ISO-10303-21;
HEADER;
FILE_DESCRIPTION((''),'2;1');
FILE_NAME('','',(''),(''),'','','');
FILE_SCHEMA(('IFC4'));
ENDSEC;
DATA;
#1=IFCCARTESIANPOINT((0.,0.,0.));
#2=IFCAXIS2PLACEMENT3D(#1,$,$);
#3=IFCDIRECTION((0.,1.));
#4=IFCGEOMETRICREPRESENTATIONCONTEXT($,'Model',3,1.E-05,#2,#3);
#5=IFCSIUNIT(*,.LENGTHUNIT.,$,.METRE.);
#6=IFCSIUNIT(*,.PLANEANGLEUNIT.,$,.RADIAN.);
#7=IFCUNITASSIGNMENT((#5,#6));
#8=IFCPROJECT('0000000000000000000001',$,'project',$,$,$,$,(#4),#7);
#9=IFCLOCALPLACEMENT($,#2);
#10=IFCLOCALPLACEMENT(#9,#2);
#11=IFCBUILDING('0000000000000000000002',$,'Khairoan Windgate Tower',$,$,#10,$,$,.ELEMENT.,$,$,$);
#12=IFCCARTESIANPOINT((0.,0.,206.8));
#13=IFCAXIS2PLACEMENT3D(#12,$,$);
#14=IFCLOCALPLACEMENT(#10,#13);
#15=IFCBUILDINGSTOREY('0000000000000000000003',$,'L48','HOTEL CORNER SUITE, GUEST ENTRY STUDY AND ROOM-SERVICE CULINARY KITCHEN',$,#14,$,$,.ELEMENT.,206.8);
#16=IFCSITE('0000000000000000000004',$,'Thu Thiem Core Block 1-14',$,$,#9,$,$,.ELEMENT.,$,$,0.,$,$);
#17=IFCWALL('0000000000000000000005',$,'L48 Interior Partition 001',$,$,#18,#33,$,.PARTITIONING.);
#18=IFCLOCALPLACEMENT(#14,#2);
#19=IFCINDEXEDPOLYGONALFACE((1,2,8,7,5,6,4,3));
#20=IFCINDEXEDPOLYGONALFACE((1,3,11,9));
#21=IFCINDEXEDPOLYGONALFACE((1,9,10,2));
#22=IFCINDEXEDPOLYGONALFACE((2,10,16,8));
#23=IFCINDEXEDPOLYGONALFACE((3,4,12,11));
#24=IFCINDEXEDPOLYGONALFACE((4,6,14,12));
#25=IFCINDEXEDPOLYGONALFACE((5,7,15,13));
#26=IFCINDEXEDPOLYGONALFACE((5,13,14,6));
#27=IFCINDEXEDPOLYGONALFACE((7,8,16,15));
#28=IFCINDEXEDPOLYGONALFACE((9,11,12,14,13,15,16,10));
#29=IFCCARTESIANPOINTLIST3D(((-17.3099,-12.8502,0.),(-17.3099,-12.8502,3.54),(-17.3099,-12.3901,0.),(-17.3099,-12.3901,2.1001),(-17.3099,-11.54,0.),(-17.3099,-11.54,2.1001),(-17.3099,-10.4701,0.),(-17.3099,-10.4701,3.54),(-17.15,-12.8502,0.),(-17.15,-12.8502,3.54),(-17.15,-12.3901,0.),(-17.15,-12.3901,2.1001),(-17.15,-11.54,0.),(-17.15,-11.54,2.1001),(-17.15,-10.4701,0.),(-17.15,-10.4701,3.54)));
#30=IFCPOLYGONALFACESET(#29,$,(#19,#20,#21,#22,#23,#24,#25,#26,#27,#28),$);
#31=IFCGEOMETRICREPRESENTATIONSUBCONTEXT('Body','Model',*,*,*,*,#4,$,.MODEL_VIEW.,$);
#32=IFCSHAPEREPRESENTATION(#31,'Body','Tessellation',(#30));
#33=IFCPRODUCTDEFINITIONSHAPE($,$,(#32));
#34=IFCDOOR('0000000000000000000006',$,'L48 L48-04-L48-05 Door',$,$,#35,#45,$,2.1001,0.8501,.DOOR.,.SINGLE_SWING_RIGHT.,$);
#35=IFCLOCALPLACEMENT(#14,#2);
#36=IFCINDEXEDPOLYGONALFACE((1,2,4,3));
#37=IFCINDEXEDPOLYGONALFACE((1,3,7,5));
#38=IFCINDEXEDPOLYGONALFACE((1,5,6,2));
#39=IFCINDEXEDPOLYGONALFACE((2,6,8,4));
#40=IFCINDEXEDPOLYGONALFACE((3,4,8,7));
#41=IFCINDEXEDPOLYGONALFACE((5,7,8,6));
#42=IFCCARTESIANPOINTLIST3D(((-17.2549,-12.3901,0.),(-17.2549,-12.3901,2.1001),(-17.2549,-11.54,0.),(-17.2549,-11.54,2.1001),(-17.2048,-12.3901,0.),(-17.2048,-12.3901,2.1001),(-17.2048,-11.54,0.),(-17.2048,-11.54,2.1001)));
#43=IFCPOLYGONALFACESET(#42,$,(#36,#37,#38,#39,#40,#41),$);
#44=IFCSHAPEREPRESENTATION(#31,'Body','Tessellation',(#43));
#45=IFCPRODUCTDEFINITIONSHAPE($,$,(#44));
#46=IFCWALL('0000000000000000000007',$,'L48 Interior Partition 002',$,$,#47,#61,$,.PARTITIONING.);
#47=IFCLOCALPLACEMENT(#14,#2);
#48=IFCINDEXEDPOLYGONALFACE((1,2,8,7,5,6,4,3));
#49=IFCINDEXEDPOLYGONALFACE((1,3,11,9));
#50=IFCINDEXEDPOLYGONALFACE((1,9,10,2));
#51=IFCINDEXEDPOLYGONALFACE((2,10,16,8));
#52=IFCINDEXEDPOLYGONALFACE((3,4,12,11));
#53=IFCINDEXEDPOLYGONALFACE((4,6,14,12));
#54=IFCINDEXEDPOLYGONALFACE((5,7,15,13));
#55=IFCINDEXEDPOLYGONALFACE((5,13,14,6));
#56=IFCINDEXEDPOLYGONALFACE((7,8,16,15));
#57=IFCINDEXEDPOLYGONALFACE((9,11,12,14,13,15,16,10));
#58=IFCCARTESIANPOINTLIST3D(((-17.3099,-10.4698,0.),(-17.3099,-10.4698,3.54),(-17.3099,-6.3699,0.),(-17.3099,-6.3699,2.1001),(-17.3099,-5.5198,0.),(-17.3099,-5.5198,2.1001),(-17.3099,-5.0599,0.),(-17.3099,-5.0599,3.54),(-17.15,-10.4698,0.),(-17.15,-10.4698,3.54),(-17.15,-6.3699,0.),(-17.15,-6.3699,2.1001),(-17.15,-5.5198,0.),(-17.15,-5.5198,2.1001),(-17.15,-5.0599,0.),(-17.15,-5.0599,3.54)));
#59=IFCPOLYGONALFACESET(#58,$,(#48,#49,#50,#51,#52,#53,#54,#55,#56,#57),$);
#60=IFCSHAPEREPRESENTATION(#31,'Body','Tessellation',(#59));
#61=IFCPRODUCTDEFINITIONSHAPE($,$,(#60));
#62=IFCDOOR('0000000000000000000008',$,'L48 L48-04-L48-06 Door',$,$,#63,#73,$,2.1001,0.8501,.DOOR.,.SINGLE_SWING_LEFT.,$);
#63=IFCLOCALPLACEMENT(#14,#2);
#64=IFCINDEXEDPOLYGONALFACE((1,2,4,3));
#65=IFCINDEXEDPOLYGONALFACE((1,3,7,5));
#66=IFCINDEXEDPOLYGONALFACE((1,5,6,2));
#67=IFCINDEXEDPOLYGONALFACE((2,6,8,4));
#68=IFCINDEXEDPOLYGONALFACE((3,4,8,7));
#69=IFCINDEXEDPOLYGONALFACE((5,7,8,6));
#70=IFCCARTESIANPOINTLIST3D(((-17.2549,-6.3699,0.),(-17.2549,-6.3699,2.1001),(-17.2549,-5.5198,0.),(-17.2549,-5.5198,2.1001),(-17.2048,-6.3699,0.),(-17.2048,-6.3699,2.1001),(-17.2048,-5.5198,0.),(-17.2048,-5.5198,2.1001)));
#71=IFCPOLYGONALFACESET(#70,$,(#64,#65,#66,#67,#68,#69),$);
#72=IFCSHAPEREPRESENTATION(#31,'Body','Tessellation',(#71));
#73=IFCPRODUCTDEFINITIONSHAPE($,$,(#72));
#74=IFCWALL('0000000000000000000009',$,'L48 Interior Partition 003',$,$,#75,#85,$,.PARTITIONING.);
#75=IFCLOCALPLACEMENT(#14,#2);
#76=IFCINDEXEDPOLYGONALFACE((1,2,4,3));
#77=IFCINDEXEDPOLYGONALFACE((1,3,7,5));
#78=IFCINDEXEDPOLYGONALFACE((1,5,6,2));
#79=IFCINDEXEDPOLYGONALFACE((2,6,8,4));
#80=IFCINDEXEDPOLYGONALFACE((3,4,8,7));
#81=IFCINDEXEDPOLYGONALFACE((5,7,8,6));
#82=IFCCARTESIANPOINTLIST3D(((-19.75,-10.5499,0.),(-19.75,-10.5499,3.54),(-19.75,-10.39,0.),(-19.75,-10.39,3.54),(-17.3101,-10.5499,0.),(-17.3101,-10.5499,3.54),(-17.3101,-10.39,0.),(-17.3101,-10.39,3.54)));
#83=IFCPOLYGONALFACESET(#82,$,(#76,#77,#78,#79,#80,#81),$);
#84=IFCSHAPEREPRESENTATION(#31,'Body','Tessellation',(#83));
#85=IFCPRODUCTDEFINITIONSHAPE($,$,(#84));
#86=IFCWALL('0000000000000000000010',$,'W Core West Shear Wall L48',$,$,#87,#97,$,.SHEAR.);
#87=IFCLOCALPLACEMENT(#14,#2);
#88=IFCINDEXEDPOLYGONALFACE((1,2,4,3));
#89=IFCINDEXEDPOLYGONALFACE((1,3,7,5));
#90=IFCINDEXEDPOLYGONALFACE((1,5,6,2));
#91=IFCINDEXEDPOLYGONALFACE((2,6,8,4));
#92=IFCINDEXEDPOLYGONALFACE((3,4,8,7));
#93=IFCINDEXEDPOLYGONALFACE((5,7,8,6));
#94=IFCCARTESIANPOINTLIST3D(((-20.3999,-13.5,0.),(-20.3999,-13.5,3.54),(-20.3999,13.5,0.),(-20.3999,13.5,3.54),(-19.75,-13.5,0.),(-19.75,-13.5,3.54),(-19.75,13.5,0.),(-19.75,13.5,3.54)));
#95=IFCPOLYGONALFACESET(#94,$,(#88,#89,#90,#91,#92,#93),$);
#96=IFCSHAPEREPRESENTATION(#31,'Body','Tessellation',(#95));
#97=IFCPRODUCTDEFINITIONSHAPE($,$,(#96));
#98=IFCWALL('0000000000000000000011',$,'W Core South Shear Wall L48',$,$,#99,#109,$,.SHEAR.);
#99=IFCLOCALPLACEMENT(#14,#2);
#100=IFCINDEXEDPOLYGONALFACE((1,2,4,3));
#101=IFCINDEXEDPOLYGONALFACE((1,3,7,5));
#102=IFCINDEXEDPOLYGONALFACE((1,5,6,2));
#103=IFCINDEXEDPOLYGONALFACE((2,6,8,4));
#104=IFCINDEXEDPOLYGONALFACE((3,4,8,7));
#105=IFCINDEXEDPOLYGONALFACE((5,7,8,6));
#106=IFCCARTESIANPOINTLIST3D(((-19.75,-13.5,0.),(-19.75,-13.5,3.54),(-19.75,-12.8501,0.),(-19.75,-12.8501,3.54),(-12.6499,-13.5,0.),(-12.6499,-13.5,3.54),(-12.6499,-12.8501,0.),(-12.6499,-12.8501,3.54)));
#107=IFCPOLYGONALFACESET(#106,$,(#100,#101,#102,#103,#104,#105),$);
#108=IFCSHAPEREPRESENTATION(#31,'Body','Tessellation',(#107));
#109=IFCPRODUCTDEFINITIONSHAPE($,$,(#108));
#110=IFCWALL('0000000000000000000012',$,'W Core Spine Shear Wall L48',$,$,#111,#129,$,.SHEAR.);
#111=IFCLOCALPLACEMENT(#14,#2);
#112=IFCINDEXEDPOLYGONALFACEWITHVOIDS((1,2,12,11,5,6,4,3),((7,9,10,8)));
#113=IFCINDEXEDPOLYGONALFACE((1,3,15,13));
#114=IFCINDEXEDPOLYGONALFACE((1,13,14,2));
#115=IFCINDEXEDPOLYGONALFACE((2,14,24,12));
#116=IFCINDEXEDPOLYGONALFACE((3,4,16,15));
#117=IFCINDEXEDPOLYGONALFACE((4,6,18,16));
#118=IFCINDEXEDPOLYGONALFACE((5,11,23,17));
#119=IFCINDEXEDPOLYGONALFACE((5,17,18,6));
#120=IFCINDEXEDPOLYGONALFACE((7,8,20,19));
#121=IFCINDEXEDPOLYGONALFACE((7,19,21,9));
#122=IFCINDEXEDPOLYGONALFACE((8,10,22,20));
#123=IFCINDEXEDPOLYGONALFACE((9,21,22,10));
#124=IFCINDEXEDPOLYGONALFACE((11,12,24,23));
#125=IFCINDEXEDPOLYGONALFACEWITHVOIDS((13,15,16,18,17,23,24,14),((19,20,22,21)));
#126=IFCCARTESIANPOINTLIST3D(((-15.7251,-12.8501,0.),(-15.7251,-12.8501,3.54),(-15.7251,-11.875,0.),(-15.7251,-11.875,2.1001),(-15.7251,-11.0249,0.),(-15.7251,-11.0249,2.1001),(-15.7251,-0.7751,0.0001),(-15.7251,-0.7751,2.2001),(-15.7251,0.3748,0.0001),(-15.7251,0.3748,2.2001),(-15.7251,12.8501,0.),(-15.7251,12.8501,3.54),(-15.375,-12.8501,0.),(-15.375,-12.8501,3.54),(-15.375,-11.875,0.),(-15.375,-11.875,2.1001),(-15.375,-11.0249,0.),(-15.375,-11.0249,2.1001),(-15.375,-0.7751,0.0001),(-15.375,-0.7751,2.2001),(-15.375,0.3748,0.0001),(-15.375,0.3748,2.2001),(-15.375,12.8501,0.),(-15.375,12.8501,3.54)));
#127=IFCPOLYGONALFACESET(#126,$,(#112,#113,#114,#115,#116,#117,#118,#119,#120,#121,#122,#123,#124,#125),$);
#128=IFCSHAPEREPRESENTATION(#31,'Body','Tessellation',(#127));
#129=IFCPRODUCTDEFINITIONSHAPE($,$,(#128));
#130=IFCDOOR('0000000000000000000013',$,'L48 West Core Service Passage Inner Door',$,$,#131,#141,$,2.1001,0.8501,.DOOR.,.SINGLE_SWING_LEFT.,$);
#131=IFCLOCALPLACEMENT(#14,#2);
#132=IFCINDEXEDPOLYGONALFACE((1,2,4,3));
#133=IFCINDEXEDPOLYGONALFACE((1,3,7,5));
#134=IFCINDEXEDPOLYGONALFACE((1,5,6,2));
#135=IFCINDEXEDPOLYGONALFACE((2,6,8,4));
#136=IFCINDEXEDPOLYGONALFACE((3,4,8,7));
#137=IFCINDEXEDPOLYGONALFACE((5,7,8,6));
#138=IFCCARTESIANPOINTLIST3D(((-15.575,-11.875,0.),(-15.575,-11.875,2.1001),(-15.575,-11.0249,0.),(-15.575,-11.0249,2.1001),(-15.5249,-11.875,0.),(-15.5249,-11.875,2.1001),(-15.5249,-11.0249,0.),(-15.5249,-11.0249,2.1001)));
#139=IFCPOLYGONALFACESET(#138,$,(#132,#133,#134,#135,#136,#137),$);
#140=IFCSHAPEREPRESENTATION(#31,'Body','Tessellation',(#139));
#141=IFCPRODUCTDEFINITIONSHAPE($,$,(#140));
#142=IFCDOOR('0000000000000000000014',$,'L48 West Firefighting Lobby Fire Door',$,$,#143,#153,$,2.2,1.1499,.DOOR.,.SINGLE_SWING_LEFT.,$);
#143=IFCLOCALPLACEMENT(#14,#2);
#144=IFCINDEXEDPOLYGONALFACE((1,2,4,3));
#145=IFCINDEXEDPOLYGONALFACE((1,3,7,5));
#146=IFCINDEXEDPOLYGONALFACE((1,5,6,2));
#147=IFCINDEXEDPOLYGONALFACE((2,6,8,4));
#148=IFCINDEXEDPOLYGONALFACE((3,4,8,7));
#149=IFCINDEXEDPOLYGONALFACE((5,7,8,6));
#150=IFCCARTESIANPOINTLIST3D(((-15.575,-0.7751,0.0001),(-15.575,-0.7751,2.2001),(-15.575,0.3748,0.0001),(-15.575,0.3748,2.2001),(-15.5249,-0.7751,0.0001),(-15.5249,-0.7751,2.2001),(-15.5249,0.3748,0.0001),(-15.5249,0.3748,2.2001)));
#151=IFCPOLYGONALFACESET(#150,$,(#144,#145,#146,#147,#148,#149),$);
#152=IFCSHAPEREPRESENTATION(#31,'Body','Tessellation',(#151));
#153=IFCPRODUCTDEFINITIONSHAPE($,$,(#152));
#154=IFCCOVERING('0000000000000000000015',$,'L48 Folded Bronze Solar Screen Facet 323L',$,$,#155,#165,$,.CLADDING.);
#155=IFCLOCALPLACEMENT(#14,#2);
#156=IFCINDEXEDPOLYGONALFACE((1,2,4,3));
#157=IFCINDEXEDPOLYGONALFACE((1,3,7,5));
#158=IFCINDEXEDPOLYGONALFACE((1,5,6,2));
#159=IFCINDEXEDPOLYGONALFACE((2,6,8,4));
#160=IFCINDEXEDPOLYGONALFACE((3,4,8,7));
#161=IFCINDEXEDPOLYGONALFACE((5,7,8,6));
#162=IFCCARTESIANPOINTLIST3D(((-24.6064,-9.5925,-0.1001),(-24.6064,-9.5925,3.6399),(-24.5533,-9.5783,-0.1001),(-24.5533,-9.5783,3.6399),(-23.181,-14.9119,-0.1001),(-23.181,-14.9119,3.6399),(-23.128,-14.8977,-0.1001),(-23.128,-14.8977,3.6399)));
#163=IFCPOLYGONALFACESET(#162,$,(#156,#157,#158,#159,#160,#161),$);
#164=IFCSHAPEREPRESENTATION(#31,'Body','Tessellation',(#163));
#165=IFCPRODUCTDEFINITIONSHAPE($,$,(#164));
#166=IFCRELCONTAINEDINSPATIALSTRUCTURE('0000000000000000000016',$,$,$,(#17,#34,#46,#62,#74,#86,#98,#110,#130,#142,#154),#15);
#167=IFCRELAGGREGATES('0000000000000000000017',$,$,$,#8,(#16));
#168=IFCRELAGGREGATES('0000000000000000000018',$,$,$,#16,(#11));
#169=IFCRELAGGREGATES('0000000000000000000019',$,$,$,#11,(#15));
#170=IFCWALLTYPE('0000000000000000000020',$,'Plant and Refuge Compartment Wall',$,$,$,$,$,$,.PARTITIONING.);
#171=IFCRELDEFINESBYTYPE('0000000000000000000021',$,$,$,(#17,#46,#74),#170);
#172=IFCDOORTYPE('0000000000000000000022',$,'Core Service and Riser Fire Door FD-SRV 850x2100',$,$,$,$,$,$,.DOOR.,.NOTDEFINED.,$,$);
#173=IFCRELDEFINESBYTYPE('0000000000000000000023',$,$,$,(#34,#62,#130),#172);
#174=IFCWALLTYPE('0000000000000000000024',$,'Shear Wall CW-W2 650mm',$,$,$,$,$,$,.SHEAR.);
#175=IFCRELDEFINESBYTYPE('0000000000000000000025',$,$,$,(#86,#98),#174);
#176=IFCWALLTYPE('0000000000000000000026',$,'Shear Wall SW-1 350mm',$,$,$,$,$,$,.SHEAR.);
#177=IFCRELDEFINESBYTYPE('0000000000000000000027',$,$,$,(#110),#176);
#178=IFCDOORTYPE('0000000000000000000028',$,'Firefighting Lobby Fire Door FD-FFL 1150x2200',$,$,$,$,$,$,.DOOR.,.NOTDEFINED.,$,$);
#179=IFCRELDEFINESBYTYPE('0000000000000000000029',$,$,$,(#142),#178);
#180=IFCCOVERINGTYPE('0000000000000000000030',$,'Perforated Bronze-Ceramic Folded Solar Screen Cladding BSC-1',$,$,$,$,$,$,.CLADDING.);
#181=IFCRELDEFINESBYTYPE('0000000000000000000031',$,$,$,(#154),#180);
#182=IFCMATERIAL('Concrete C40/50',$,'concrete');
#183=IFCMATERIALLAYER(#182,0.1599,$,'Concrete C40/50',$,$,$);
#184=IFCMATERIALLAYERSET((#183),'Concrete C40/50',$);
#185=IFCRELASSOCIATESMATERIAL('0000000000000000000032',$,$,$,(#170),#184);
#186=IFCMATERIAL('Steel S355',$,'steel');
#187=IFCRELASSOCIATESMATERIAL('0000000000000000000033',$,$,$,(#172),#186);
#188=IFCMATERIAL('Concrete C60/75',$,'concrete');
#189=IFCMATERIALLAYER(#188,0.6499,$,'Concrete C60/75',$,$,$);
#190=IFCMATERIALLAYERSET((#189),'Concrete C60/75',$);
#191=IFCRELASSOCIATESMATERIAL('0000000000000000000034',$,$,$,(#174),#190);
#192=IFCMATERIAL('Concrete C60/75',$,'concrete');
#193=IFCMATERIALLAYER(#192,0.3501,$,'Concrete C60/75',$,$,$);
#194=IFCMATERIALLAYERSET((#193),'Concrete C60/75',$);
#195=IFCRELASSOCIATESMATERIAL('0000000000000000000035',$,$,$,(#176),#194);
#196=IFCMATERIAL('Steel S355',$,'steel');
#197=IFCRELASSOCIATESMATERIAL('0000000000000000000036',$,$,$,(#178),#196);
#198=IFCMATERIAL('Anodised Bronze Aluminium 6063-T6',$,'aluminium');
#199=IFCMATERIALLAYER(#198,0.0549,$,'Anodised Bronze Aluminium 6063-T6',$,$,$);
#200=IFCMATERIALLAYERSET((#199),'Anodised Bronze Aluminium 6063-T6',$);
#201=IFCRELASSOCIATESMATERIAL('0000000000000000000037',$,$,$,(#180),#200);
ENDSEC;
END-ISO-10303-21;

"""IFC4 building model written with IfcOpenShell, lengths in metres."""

from ifc_helpers import new_model, si_unit, direction, frame, frame_2d, origin, origin_2d, place, context, subcontext, project, spatial, rectangle, extrude, material, layer, layer_set, type_object, element, fill, save


model = new_model("IFC4")

# Units and contexts
model_context = context("Model", 3, precision=1e-05, world=origin(), true_north=direction((0.0, 1.0)))
body_context = subcontext(model_context, "Body", "Model", "MODEL_VIEW")
ifc_project = project(units=[si_unit("LENGTHUNIT", "METRE"), si_unit("PLANEANGLEUNIT", "RADIAN")], contexts=[model_context])

# Site, building, storey
site_placement = place(None, origin())
site = spatial("IfcSite", under=ifc_project, at=site_placement, Name="Thu Thiem Core Block 1-14", CompositionType="ELEMENT", RefElevation=0.0)
building_placement = place(site_placement, origin())
building = spatial("IfcBuilding", under=site, at=building_placement, Name="Khairoan Windgate Tower", CompositionType="ELEMENT")
storey_placement = place(building_placement, frame((0.0, 0.0, 206.8)))
storey = spatial("IfcBuildingStorey", under=building, at=storey_placement, Name="L48", Description="HOTEL CORNER SUITE, GUEST ENTRY STUDY AND ROOM-SERVICE CULINARY KITCHEN", CompositionType="ELEMENT", Elevation=206.8)

# Walls, openings, doors
ifc_material_1 = material(Name="Concrete C40/50", Category="concrete")
ifc_layer_1 = layer(ifc_material_1, 0.1599, Name="Concrete C40/50")
ifc_layer_set_1 = layer_set([ifc_layer_1], Name="Concrete C40/50")
wall_type_1 = type_object("IfcWallType", Name="Plant and Refuge Compartment Wall", PredefinedType="PARTITIONING", material=ifc_layer_set_1)
wall_1_placement = place(storey_placement, frame((-17.23, -12.8501, 0.0), z_axis=(0.0, 0.0, 1.0), x_axis=(0.0, 1.0, 0.0)))
wall_1 = element("IfcWall", 1, at=wall_1_placement, inside=storey, type_object=wall_type_1, Name="L48 Interior Partition 001", PredefinedType="PARTITIONING", context=body_context, shape_type="SweptSolid", body=[
    extrude(rectangle(XDim=2.3801, YDim=0.1599, at=frame_2d((1.1899, 0.0))), origin(), (0.0, 0.0, 1.0), 3.54),
])
opening_1_placement = place(wall_1_placement, frame((0.46, 0.0, 0.0)))
opening_1 = element("IfcOpeningElement", 2, at=opening_1_placement, cuts=wall_1, PredefinedType="OPENING", context=body_context, shape_type="SweptSolid", body=[
    extrude(rectangle(XDim=0.8501, YDim=2.1001, at=frame_2d((0.425, 1.05))), frame((0.0, 0.0898, 0.0), z_axis=(0.0, -1.0, 0.0), x_axis=(1.0, 0.0, 0.0)), (0.0, 0.0, 1.0), 0.1799),
])
ifc_material_2 = material(Name="Steel S355", Category="steel")
door_type_1 = type_object("IfcDoorType", Name="Core Service and Riser Fire Door FD-SRV 850x2100", OperationType="NOTDEFINED", PredefinedType="DOOR", material=ifc_material_2)
door_1_placement = place(opening_1_placement, origin())
door_1 = element("IfcDoor", 3, at=door_1_placement, inside=storey, type_object=door_type_1, Name="L48 L48-04-L48-05 Door", OperationType="SINGLE_SWING_RIGHT", OverallHeight=2.1001, OverallWidth=0.8501, PredefinedType="DOOR", context=body_context, shape_type="SweptSolid", body=[
    extrude(rectangle(XDim=0.8501, YDim=2.1001, at=frame_2d((0.425, 1.05))), frame((0.0, 0.0249, 0.0), z_axis=(0.0, -1.0, 0.0), x_axis=(1.0, 0.0, 0.0)), (0.0, 0.0, 1.0), 0.05),
])
fill(opening_1, door_1)
wall_2_placement = place(storey_placement, frame((-17.23, -10.47, 0.0), z_axis=(0.0, 0.0, 1.0), x_axis=(0.0, 1.0, 0.0)))
wall_2 = element("IfcWall", 4, at=wall_2_placement, inside=storey, type_object=wall_type_1, Name="L48 Interior Partition 002", PredefinedType="PARTITIONING", context=body_context, shape_type="SweptSolid", body=[
    extrude(rectangle(XDim=5.4099, YDim=0.1599, at=frame_2d((2.7051, 0.0))), origin(), (0.0, 0.0, 1.0), 3.54),
])
opening_2_placement = place(wall_2_placement, frame((4.1001, 0.0, 0.0)))
opening_2 = element("IfcOpeningElement", 5, at=opening_2_placement, cuts=wall_2, PredefinedType="OPENING", context=body_context, shape_type="SweptSolid", body=[
    extrude(rectangle(XDim=0.8501, YDim=2.1001, at=frame_2d((0.425, 1.05))), frame((0.0, 0.0898, 0.0), z_axis=(0.0, -1.0, 0.0), x_axis=(1.0, 0.0, 0.0)), (0.0, 0.0, 1.0), 0.1799),
])
door_2_placement = place(opening_2_placement, origin())
door_2 = element("IfcDoor", 6, at=door_2_placement, inside=storey, type_object=door_type_1, Name="L48 L48-04-L48-06 Door", OperationType="SINGLE_SWING_LEFT", OverallHeight=2.1001, OverallWidth=0.8501, PredefinedType="DOOR", context=body_context, shape_type="SweptSolid", body=[
    extrude(rectangle(XDim=0.8501, YDim=2.1001, at=frame_2d((0.425, 1.05))), frame((0.0, 0.0249, 0.0), z_axis=(0.0, -1.0, 0.0), x_axis=(1.0, 0.0, 0.0)), (0.0, 0.0, 1.0), 0.05),
])
fill(opening_2, door_2)

# Walls
wall_3_placement = place(storey_placement, frame((-19.75, -10.47, 0.0), z_axis=(0.0, 0.0, 1.0), x_axis=(1.0, 0.0, 0.0)))
element("IfcWall", 7, at=wall_3_placement, inside=storey, type_object=wall_type_1, Name="L48 Interior Partition 003", PredefinedType="PARTITIONING", context=body_context, shape_type="SweptSolid", body=[
    extrude(rectangle(XDim=2.4399, YDim=0.1599, at=frame_2d((1.22, 0.0))), origin(), (0.0, 0.0, 1.0), 3.54),
])
ifc_material_3 = material(Name="Concrete C60/75", Category="concrete")
ifc_layer_2 = layer(ifc_material_3, 0.6499, Name="Concrete C60/75")
ifc_layer_set_2 = layer_set([ifc_layer_2], Name="Concrete C60/75")
wall_type_2 = type_object("IfcWallType", Name="Shear Wall CW-W2 650mm", PredefinedType="SHEAR", material=ifc_layer_set_2)
wall_4_placement = place(storey_placement, frame((-20.075, -13.5, 0.0), z_axis=(0.0, 0.0, 1.0), x_axis=(0.0, 1.0, 0.0)))
element("IfcWall", 8, at=wall_4_placement, inside=storey, type_object=wall_type_2, Name="W Core West Shear Wall L48", PredefinedType="SHEAR", context=body_context, shape_type="SweptSolid", body=[
    extrude(rectangle(XDim=27.0, YDim=0.6499, at=frame_2d((13.5, 0.0))), origin(), (0.0, 0.0, 1.0), 3.54),
])
wall_5_placement = place(storey_placement, frame((-19.75, -13.175, 0.0), z_axis=(0.0, 0.0, 1.0), x_axis=(1.0, 0.0, 0.0)))
element("IfcWall", 9, at=wall_5_placement, inside=storey, type_object=wall_type_2, Name="W Core South Shear Wall L48", PredefinedType="SHEAR", context=body_context, shape_type="SweptSolid", body=[
    extrude(rectangle(XDim=7.1001, YDim=0.6499, at=frame_2d((3.55, 0.0))), origin(), (0.0, 0.0, 1.0), 3.54),
])

# Wall, openings, doors
ifc_material_4 = material(Name="Concrete C60/75", Category="concrete")
ifc_layer_3 = layer(ifc_material_4, 0.3501, Name="Concrete C60/75")
ifc_layer_set_3 = layer_set([ifc_layer_3], Name="Concrete C60/75")
wall_type_3 = type_object("IfcWallType", Name="Shear Wall SW-1 350mm", PredefinedType="SHEAR", material=ifc_layer_set_3)
wall_6_placement = place(storey_placement, frame((-15.55, -12.8501, 0.0), z_axis=(0.0, 0.0, 1.0), x_axis=(0.0, 1.0, 0.0)))
wall_6 = element("IfcWall", 10, at=wall_6_placement, inside=storey, type_object=wall_type_3, Name="W Core Spine Shear Wall L48", PredefinedType="SHEAR", context=body_context, shape_type="SweptSolid", body=[
    extrude(rectangle(XDim=25.7002, YDim=0.3501, at=frame_2d((12.8501, 0.0))), origin(), (0.0, 0.0, 1.0), 3.54),
])
opening_3_placement = place(wall_6_placement, frame((12.075, 0.0, 0.0)))
opening_3 = element("IfcOpeningElement", 11, at=opening_3_placement, cuts=wall_6, PredefinedType="OPENING", context=body_context, shape_type="SweptSolid", body=[
    extrude(rectangle(XDim=1.1499, YDim=2.2, at=frame_2d((0.575, 1.1001))), frame((0.0, 0.1851, 0.0), z_axis=(0.0, -1.0, 0.0), x_axis=(1.0, 0.0, 0.0)), (0.0, 0.0, 1.0), 0.3701),
])
opening_4_placement = place(wall_6_placement, frame((0.9751, 0.0, 0.0)))
opening_4 = element("IfcOpeningElement", 12, at=opening_4_placement, cuts=wall_6, PredefinedType="OPENING", context=body_context, shape_type="SweptSolid", body=[
    extrude(rectangle(XDim=0.8501, YDim=2.1001, at=frame_2d((0.425, 1.05))), frame((0.0, 0.1851, 0.0), z_axis=(0.0, -1.0, 0.0), x_axis=(1.0, 0.0, 0.0)), (0.0, 0.0, 1.0), 0.3701),
])
door_3_placement = place(opening_4_placement, origin())
door_3 = element("IfcDoor", 13, at=door_3_placement, inside=storey, type_object=door_type_1, Name="L48 West Core Service Passage Inner Door", OperationType="SINGLE_SWING_LEFT", OverallHeight=2.1001, OverallWidth=0.8501, PredefinedType="DOOR", context=body_context, shape_type="SweptSolid", body=[
    extrude(rectangle(XDim=0.8501, YDim=2.1001, at=frame_2d((0.425, 1.05))), frame((0.0, 0.0249, 0.0), z_axis=(0.0, -1.0, 0.0), x_axis=(1.0, 0.0, 0.0)), (0.0, 0.0, 1.0), 0.05),
])
fill(opening_4, door_3)
ifc_material_5 = material(Name="Steel S355", Category="steel")
door_type_2 = type_object("IfcDoorType", Name="Firefighting Lobby Fire Door FD-FFL 1150x2200", OperationType="NOTDEFINED", PredefinedType="DOOR", material=ifc_material_5)
door_4_placement = place(opening_3_placement, origin())
door_4 = element("IfcDoor", 14, at=door_4_placement, inside=storey, type_object=door_type_2, Name="L48 West Firefighting Lobby Fire Door", OperationType="SINGLE_SWING_LEFT", OverallHeight=2.2, OverallWidth=1.1499, PredefinedType="DOOR", context=body_context, shape_type="SweptSolid", body=[
    extrude(rectangle(XDim=1.1499, YDim=2.2, at=frame_2d((0.575, 1.1001))), frame((0.0, 0.0249, 0.0), z_axis=(0.0, -1.0, 0.0), x_axis=(1.0, 0.0, 0.0)), (0.0, 0.0, 1.0), 0.05),
])
fill(opening_3, door_4)

# Covering
ifc_material_6 = material(Name="Anodised Bronze Aluminium 6063-T6", Category="aluminium")
ifc_layer_4 = layer(ifc_material_6, 0.0549, Name="Anodised Bronze Aluminium 6063-T6")
ifc_layer_set_4 = layer_set([ifc_layer_4], Name="Anodised Bronze Aluminium 6063-T6")
covering_type = type_object("IfcCoveringType", Name="Perforated Bronze-Ceramic Folded Solar Screen Cladding BSC-1", PredefinedType="CLADDING", material=ifc_layer_set_4)
covering_placement = place(storey_placement, frame((-23.8672, -12.2451, -0.1001), z_axis=(0.0, 0.0, 1.0), x_axis=(-0.258819, 0.965926, 0.0)))
element("IfcCovering", 15, at=covering_placement, inside=storey, type_object=covering_type, Name="L48 Folded Bronze Solar Screen Facet 323L", PredefinedType="CLADDING", context=body_context, shape_type="SweptSolid", body=[
    extrude(rectangle(XDim=5.5071, YDim=0.0549, at=origin_2d()), origin(), (0.0, 0.0, 1.0), 3.74),
])

save(model, "model.ifc")
